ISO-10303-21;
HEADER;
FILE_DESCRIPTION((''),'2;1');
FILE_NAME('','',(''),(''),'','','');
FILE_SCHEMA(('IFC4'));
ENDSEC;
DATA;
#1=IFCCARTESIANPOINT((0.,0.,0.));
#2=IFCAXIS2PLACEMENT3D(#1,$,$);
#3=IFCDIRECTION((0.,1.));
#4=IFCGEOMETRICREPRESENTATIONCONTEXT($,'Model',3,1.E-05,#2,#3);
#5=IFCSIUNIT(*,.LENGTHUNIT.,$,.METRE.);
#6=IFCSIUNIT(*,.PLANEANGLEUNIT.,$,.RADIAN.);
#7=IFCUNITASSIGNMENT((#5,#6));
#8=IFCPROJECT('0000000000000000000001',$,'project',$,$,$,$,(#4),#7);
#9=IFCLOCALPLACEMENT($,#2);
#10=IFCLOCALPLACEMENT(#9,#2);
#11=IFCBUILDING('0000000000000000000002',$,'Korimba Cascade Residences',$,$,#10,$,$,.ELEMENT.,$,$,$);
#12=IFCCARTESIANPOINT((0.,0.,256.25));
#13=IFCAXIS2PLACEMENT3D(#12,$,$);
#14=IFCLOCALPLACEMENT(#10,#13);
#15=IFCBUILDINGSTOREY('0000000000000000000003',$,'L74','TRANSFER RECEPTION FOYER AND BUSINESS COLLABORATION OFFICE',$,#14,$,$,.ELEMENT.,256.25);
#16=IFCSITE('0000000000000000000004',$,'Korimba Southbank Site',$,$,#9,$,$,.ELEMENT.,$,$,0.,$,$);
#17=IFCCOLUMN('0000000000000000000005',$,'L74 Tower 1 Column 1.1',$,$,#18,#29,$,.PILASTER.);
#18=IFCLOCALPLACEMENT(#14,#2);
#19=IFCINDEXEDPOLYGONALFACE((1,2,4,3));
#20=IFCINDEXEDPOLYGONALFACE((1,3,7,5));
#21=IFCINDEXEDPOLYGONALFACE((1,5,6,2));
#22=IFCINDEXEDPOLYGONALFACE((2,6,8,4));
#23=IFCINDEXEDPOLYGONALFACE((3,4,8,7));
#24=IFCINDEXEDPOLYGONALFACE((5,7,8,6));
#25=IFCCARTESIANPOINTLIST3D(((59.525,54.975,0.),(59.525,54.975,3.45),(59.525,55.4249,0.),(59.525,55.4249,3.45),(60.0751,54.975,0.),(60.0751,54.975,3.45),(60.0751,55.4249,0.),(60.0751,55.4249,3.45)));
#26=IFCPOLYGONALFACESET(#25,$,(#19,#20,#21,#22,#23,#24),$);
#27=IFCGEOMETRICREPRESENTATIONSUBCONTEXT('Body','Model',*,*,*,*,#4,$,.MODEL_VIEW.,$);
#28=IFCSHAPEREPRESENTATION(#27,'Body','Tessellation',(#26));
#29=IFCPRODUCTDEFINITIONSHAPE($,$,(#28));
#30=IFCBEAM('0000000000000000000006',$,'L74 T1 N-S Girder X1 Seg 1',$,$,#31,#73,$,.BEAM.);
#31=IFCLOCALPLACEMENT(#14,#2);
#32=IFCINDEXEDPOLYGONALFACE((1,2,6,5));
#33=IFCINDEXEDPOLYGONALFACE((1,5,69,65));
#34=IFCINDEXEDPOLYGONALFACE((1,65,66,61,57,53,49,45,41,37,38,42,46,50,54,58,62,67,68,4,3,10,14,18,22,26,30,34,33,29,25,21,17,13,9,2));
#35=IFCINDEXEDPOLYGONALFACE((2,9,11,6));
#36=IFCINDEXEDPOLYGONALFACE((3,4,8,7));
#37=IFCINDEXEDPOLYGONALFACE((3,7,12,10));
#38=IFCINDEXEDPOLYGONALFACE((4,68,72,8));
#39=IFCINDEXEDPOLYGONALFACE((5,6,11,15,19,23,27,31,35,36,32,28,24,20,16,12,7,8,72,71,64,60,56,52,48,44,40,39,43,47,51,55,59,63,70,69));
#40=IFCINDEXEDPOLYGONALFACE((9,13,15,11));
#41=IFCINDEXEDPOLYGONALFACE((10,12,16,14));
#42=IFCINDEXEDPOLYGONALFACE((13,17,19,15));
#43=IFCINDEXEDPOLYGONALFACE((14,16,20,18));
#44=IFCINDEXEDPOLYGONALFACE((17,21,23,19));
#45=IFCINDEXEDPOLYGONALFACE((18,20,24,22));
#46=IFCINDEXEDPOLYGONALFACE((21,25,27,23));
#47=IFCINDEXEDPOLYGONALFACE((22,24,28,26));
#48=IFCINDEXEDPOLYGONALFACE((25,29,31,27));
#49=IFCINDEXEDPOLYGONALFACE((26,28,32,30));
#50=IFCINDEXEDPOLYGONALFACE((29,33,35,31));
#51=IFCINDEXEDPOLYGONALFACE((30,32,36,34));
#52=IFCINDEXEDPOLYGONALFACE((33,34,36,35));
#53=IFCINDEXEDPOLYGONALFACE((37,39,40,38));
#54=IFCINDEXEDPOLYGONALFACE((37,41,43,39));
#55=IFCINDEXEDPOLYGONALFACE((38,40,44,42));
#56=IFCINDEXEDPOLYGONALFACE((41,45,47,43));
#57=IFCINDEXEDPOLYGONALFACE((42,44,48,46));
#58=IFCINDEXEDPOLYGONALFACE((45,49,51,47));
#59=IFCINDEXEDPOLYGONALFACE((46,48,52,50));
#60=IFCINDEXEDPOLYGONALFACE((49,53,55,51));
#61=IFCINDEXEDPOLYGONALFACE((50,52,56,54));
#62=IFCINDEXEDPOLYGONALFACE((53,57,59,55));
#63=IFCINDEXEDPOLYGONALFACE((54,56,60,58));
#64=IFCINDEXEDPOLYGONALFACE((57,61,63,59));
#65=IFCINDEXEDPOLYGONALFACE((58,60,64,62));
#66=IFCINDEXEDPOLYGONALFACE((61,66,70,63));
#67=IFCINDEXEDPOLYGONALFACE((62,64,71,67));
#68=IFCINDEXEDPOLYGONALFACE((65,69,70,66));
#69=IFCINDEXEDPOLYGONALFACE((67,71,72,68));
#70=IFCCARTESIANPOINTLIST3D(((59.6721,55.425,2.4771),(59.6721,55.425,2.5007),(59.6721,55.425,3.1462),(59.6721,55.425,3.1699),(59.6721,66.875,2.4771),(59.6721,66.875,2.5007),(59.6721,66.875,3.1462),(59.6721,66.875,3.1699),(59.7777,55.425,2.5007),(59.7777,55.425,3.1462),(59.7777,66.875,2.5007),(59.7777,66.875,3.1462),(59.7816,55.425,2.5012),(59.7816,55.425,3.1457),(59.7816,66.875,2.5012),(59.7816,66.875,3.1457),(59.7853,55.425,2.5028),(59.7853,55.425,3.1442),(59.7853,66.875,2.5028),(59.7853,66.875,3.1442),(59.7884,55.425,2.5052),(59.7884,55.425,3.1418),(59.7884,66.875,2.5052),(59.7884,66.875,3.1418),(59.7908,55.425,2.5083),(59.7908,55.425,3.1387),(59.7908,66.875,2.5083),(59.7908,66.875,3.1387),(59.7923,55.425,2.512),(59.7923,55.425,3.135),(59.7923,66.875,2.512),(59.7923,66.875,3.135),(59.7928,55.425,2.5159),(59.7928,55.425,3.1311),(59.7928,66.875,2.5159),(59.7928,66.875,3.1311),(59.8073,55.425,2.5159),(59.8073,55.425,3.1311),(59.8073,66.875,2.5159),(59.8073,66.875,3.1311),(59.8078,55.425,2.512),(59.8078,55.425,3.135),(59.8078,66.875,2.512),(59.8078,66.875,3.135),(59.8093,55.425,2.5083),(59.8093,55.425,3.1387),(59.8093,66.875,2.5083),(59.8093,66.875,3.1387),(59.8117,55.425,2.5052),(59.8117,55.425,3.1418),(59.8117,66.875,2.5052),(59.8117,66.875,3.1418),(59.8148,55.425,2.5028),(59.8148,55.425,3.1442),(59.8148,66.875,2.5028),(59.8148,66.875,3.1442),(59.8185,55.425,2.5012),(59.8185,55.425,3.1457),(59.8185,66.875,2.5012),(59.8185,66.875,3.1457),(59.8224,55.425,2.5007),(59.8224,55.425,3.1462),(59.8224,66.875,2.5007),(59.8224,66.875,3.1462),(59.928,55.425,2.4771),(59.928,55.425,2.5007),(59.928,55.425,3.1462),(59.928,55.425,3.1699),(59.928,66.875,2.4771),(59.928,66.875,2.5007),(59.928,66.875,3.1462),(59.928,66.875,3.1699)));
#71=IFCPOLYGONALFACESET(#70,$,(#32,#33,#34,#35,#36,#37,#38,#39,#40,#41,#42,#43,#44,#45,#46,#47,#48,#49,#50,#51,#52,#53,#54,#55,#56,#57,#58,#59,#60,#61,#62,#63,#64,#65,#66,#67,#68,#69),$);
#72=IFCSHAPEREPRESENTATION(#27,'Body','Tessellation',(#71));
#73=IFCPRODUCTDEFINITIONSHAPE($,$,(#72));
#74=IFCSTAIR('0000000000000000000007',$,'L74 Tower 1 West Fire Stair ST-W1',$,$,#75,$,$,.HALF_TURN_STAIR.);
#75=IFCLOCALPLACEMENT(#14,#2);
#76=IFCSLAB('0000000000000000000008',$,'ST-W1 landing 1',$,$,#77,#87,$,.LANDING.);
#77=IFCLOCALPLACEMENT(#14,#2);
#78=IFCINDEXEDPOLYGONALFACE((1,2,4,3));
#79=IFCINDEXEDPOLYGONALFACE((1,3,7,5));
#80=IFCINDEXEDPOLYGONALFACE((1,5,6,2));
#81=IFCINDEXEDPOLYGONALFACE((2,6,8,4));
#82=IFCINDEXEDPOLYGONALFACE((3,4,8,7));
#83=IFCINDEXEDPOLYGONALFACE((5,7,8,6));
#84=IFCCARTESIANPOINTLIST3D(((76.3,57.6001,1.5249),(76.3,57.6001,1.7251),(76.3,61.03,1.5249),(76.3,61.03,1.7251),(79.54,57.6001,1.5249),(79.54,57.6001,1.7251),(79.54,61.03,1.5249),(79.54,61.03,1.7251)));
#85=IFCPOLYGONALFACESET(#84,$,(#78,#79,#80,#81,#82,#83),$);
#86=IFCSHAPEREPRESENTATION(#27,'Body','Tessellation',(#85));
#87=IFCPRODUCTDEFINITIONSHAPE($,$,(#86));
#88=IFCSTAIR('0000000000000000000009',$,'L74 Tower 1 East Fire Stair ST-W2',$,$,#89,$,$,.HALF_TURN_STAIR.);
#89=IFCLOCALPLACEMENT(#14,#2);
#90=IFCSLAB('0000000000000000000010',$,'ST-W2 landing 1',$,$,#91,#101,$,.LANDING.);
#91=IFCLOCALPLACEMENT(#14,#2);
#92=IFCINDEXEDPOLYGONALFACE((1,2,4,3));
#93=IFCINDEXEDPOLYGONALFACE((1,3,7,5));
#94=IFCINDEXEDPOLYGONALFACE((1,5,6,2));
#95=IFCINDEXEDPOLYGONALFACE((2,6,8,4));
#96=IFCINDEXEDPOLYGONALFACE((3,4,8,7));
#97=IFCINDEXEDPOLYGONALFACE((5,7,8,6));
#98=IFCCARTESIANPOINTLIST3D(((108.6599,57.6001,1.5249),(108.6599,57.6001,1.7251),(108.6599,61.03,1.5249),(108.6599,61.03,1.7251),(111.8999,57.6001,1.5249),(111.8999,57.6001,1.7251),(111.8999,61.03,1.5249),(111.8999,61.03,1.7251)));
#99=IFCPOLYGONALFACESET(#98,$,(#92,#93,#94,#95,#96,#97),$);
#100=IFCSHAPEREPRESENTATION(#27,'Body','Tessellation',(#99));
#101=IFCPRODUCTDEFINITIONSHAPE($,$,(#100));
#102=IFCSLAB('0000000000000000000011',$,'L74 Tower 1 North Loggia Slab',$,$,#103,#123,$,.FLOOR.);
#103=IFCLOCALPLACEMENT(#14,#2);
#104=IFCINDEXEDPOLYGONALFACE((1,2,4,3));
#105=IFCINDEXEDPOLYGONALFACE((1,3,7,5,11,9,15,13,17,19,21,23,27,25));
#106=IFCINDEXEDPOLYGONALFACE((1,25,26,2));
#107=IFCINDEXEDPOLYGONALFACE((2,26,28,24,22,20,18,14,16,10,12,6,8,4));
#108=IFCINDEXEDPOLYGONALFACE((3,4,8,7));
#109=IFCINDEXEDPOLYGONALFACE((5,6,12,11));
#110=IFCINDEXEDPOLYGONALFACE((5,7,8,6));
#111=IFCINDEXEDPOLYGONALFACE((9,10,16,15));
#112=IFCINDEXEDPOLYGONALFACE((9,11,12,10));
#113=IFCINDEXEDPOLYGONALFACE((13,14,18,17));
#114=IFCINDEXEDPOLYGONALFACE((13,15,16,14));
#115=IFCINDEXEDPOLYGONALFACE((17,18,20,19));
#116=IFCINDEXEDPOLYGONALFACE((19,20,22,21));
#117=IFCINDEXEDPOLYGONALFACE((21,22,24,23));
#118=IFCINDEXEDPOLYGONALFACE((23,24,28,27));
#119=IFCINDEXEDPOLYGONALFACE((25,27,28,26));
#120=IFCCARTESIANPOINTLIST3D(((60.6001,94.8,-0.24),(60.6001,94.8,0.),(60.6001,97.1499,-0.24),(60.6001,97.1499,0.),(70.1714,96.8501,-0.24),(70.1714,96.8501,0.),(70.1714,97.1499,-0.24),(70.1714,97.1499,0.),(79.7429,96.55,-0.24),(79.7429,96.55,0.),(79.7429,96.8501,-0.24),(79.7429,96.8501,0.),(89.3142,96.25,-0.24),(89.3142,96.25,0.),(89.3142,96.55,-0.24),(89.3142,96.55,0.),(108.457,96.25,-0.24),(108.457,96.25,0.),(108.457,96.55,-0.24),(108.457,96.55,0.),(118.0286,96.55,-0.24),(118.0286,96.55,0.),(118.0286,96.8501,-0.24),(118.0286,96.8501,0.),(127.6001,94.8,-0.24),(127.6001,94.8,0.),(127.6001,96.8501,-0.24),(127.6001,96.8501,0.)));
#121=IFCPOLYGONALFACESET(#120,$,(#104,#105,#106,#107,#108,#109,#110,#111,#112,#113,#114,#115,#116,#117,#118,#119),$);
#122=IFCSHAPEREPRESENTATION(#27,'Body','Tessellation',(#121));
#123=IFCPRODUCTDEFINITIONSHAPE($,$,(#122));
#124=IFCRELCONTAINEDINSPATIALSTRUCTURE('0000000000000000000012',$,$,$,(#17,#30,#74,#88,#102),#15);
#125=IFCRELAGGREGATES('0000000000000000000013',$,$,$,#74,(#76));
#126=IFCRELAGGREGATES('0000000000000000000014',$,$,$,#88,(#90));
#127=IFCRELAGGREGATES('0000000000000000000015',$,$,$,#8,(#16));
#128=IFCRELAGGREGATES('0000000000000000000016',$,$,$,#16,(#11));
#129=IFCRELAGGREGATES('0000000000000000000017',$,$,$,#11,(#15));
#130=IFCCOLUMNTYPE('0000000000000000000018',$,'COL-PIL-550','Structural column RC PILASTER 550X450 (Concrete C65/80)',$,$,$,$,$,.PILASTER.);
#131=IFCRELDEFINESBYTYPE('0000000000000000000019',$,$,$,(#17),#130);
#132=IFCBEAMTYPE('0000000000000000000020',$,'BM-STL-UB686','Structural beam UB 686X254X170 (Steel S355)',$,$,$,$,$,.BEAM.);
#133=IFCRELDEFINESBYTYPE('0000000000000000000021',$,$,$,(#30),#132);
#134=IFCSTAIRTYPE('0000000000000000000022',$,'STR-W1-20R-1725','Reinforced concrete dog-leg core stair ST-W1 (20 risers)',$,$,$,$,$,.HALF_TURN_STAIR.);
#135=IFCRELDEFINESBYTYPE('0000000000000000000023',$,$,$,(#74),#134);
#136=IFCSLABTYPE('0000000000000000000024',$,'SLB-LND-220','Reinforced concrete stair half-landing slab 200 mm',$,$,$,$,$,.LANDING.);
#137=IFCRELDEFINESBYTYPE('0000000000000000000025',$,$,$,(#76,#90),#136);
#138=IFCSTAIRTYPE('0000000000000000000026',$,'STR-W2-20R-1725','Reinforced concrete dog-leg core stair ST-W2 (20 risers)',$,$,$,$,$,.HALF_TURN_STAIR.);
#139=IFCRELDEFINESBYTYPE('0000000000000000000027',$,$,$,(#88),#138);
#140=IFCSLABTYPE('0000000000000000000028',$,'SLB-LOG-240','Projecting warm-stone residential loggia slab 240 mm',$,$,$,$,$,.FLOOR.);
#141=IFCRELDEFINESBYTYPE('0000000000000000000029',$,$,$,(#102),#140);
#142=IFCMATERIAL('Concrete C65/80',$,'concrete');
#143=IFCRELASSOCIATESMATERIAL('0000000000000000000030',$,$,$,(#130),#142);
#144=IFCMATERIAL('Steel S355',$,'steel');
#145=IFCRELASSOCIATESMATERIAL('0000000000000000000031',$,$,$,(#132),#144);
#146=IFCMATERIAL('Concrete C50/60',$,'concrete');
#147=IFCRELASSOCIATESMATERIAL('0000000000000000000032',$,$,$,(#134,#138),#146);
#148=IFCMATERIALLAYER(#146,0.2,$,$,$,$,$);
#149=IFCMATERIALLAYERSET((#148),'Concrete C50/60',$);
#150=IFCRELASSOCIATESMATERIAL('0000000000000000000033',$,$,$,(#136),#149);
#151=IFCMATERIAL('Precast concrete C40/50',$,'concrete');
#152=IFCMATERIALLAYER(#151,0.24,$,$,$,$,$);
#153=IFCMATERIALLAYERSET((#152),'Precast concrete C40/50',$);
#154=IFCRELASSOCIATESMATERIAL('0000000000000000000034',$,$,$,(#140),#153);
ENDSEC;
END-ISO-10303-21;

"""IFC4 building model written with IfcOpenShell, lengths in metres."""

from ifc_helpers import new_model, si_unit, direction, frame, origin, origin_2d, place, context, subcontext, project, spatial, polyline, rectangle, i_section, outline, extrude, material, layer, layer_set, material_profile, profile_set, type_object, element, aggregate, save


model = new_model("IFC4")

# Units and contexts
model_context = context("Model", 3, precision=1e-05, world=origin(), true_north=direction((0.0, 1.0)))
body_context = subcontext(model_context, "Body", "Model", "MODEL_VIEW")
ifc_project = project(units=[si_unit("LENGTHUNIT", "METRE"), si_unit("PLANEANGLEUNIT", "RADIAN")], contexts=[model_context])

# Site, building, storey
site_placement = place(None, origin())
site = spatial("IfcSite", under=ifc_project, at=site_placement, Name="Korimba Southbank Site", CompositionType="ELEMENT", RefElevation=0.0)
building_placement = place(site_placement, origin())
building = spatial("IfcBuilding", under=site, at=building_placement, Name="Korimba Cascade Residences", CompositionType="ELEMENT")
storey_placement = place(building_placement, frame((0.0, 0.0, 256.25)))
storey = spatial("IfcBuildingStorey", under=building, at=storey_placement, Name="L74", Description="TRANSFER RECEPTION FOYER AND BUSINESS COLLABORATION OFFICE", CompositionType="ELEMENT", Elevation=256.25)

# Column
ifc_material_1 = material(Name="Concrete C65/80", Category="concrete")
ifc_material_profile_1 = material_profile(ifc_material_1, rectangle(XDim=0.55, YDim=0.45, at=origin_2d()), Name="Concrete C65/80")
ifc_profile_set_1 = profile_set([ifc_material_profile_1], Name="Concrete C65/80")
column_type = type_object("IfcColumnType", Name="COL-PIL-550", Description="Structural column RC PILASTER 550X450 (Concrete C65/80)", PredefinedType="PILASTER", material=ifc_profile_set_1)
column_placement = place(storey_placement, frame((59.8, 55.2, 0.0), z_axis=(0.0, 0.0, 1.0), x_axis=(1.0, 0.0, 0.0)))
element("IfcColumn", 1, at=column_placement, inside=storey, type_object=column_type, Name="L74 Tower 1 Column 1.1", PredefinedType="PILASTER", context=body_context, shape_type="SweptSolid", body=[
    extrude(rectangle(XDim=0.55, YDim=0.45, at=origin_2d()), origin(), (0.0, 0.0, 1.0), 3.45),
])

# Beam
ifc_material_2 = material(Name="Steel S355", Category="steel")
ifc_material_profile_2 = material_profile(ifc_material_2, i_section(OverallWidth=0.2559, OverallDepth=0.6929, WebThickness=0.0144, FlangeThickness=0.0237, FilletRadius=0.0151, at=origin_2d()), Name="Steel S355")
ifc_profile_set_2 = profile_set([ifc_material_profile_2], Name="Steel S355")
beam_type = type_object("IfcBeamType", Name="BM-STL-UB686", Description="Structural beam UB 686X254X170 (Steel S355)", PredefinedType="BEAM", material=ifc_profile_set_2)
beam_placement = place(storey_placement, frame((59.8, 55.425, 2.8235), z_axis=(0.0, 1.0, 0.0), x_axis=(-1.0, 0.0, 0.0)))
element("IfcBeam", 2, at=beam_placement, inside=storey, type_object=beam_type, Name="L74 T1 N-S Girder X1 Seg 1", PredefinedType="BEAM", context=body_context, shape_type="SweptSolid", body=[
    extrude(i_section(OverallWidth=0.2559, OverallDepth=0.6929, WebThickness=0.0144, FlangeThickness=0.0237, FilletRadius=0.0151, at=origin_2d()), origin(), (0.0, 0.0, 1.0), 11.45),
])

# Stairs, slabs
ifc_material_3 = material(Name="Concrete C50/60", Category="concrete")
stair_type_1 = type_object("IfcStairType", Name="STR-W1-20R-1725", Description="Reinforced concrete dog-leg core stair ST-W1 (20 risers)", PredefinedType="HALF_TURN_STAIR", material=ifc_material_3)
stair_1_placement = place(storey_placement, origin())
stair_1 = element("IfcStair", 3, at=stair_1_placement, inside=storey, type_object=stair_type_1, Name="L74 Tower 1 West Fire Stair ST-W1", PredefinedType="HALF_TURN_STAIR")
ifc_layer_1 = layer(ifc_material_3, 0.2)
ifc_layer_set_1 = layer_set([ifc_layer_1], Name="Concrete C50/60")
slab_type_1 = type_object("IfcSlabType", Name="SLB-LND-220", Description="Reinforced concrete stair half-landing slab 200 mm", PredefinedType="LANDING", material=ifc_layer_set_1)
slab_1_placement = place(storey_placement, frame((0.0, 0.0, 1.5249)))
slab_1 = element("IfcSlab", 4, at=slab_1_placement, type_object=slab_type_1, Name="ST-W1 landing 1", PredefinedType="LANDING", context=body_context, shape_type="SweptSolid", body=[
    extrude(outline(polyline([(76.3, 61.03), (76.3, 57.6001), (79.54, 57.6001), (79.54, 61.03), (76.3, 61.03)])), origin(), (0.0, 0.0, 1.0), 0.2002),
])
aggregate(stair_1, [slab_1])
stair_type_2 = type_object("IfcStairType", Name="STR-W2-20R-1725", Description="Reinforced concrete dog-leg core stair ST-W2 (20 risers)", PredefinedType="HALF_TURN_STAIR", material=ifc_material_3)
stair_2_placement = place(storey_placement, origin())
stair_2 = element("IfcStair", 5, at=stair_2_placement, inside=storey, type_object=stair_type_2, Name="L74 Tower 1 East Fire Stair ST-W2", PredefinedType="HALF_TURN_STAIR")
slab_2_placement = place(storey_placement, frame((0.0, 0.0, 1.5249)))
slab_2 = element("IfcSlab", 6, at=slab_2_placement, type_object=slab_type_1, Name="ST-W2 landing 1", PredefinedType="LANDING", context=body_context, shape_type="SweptSolid", body=[
    extrude(outline(polyline([(108.6599, 61.03), (108.6599, 57.6001), (111.8999, 57.6001), (111.8999, 61.03), (108.6599, 61.03)])), origin(), (0.0, 0.0, 1.0), 0.2002),
])
aggregate(stair_2, [slab_2])

# Slab
ifc_material_4 = material(Name="Precast concrete C40/50", Category="concrete")
ifc_layer_2 = layer(ifc_material_4, 0.24)
ifc_layer_set_2 = layer_set([ifc_layer_2], Name="Precast concrete C40/50")
slab_type_2 = type_object("IfcSlabType", Name="SLB-LOG-240", Description="Projecting warm-stone residential loggia slab 240 mm", PredefinedType="FLOOR", material=ifc_layer_set_2)
slab_3_placement = place(storey_placement, frame((0.0, 0.0, -0.24)))
element("IfcSlab", 7, at=slab_3_placement, inside=storey, type_object=slab_type_2, Name="L74 Tower 1 North Loggia Slab", PredefinedType="FLOOR", context=body_context, shape_type="SweptSolid", body=[
    extrude(outline(polyline([(60.6001, 94.8), (127.6001, 94.8), (127.6001, 96.8501), (118.0286, 96.8501), (118.0286, 96.55), (108.457, 96.55), (108.457, 96.25), (89.3142, 96.25), (89.3142, 96.55), (79.7429, 96.55), (79.7429, 96.8501), (70.1714, 96.8501), (70.1714, 97.1499), (60.6001, 97.1499), (60.6001, 94.8)])), origin(), (0.0, 0.0, 1.0), 0.24),
])

save(model, "model.ifc")
